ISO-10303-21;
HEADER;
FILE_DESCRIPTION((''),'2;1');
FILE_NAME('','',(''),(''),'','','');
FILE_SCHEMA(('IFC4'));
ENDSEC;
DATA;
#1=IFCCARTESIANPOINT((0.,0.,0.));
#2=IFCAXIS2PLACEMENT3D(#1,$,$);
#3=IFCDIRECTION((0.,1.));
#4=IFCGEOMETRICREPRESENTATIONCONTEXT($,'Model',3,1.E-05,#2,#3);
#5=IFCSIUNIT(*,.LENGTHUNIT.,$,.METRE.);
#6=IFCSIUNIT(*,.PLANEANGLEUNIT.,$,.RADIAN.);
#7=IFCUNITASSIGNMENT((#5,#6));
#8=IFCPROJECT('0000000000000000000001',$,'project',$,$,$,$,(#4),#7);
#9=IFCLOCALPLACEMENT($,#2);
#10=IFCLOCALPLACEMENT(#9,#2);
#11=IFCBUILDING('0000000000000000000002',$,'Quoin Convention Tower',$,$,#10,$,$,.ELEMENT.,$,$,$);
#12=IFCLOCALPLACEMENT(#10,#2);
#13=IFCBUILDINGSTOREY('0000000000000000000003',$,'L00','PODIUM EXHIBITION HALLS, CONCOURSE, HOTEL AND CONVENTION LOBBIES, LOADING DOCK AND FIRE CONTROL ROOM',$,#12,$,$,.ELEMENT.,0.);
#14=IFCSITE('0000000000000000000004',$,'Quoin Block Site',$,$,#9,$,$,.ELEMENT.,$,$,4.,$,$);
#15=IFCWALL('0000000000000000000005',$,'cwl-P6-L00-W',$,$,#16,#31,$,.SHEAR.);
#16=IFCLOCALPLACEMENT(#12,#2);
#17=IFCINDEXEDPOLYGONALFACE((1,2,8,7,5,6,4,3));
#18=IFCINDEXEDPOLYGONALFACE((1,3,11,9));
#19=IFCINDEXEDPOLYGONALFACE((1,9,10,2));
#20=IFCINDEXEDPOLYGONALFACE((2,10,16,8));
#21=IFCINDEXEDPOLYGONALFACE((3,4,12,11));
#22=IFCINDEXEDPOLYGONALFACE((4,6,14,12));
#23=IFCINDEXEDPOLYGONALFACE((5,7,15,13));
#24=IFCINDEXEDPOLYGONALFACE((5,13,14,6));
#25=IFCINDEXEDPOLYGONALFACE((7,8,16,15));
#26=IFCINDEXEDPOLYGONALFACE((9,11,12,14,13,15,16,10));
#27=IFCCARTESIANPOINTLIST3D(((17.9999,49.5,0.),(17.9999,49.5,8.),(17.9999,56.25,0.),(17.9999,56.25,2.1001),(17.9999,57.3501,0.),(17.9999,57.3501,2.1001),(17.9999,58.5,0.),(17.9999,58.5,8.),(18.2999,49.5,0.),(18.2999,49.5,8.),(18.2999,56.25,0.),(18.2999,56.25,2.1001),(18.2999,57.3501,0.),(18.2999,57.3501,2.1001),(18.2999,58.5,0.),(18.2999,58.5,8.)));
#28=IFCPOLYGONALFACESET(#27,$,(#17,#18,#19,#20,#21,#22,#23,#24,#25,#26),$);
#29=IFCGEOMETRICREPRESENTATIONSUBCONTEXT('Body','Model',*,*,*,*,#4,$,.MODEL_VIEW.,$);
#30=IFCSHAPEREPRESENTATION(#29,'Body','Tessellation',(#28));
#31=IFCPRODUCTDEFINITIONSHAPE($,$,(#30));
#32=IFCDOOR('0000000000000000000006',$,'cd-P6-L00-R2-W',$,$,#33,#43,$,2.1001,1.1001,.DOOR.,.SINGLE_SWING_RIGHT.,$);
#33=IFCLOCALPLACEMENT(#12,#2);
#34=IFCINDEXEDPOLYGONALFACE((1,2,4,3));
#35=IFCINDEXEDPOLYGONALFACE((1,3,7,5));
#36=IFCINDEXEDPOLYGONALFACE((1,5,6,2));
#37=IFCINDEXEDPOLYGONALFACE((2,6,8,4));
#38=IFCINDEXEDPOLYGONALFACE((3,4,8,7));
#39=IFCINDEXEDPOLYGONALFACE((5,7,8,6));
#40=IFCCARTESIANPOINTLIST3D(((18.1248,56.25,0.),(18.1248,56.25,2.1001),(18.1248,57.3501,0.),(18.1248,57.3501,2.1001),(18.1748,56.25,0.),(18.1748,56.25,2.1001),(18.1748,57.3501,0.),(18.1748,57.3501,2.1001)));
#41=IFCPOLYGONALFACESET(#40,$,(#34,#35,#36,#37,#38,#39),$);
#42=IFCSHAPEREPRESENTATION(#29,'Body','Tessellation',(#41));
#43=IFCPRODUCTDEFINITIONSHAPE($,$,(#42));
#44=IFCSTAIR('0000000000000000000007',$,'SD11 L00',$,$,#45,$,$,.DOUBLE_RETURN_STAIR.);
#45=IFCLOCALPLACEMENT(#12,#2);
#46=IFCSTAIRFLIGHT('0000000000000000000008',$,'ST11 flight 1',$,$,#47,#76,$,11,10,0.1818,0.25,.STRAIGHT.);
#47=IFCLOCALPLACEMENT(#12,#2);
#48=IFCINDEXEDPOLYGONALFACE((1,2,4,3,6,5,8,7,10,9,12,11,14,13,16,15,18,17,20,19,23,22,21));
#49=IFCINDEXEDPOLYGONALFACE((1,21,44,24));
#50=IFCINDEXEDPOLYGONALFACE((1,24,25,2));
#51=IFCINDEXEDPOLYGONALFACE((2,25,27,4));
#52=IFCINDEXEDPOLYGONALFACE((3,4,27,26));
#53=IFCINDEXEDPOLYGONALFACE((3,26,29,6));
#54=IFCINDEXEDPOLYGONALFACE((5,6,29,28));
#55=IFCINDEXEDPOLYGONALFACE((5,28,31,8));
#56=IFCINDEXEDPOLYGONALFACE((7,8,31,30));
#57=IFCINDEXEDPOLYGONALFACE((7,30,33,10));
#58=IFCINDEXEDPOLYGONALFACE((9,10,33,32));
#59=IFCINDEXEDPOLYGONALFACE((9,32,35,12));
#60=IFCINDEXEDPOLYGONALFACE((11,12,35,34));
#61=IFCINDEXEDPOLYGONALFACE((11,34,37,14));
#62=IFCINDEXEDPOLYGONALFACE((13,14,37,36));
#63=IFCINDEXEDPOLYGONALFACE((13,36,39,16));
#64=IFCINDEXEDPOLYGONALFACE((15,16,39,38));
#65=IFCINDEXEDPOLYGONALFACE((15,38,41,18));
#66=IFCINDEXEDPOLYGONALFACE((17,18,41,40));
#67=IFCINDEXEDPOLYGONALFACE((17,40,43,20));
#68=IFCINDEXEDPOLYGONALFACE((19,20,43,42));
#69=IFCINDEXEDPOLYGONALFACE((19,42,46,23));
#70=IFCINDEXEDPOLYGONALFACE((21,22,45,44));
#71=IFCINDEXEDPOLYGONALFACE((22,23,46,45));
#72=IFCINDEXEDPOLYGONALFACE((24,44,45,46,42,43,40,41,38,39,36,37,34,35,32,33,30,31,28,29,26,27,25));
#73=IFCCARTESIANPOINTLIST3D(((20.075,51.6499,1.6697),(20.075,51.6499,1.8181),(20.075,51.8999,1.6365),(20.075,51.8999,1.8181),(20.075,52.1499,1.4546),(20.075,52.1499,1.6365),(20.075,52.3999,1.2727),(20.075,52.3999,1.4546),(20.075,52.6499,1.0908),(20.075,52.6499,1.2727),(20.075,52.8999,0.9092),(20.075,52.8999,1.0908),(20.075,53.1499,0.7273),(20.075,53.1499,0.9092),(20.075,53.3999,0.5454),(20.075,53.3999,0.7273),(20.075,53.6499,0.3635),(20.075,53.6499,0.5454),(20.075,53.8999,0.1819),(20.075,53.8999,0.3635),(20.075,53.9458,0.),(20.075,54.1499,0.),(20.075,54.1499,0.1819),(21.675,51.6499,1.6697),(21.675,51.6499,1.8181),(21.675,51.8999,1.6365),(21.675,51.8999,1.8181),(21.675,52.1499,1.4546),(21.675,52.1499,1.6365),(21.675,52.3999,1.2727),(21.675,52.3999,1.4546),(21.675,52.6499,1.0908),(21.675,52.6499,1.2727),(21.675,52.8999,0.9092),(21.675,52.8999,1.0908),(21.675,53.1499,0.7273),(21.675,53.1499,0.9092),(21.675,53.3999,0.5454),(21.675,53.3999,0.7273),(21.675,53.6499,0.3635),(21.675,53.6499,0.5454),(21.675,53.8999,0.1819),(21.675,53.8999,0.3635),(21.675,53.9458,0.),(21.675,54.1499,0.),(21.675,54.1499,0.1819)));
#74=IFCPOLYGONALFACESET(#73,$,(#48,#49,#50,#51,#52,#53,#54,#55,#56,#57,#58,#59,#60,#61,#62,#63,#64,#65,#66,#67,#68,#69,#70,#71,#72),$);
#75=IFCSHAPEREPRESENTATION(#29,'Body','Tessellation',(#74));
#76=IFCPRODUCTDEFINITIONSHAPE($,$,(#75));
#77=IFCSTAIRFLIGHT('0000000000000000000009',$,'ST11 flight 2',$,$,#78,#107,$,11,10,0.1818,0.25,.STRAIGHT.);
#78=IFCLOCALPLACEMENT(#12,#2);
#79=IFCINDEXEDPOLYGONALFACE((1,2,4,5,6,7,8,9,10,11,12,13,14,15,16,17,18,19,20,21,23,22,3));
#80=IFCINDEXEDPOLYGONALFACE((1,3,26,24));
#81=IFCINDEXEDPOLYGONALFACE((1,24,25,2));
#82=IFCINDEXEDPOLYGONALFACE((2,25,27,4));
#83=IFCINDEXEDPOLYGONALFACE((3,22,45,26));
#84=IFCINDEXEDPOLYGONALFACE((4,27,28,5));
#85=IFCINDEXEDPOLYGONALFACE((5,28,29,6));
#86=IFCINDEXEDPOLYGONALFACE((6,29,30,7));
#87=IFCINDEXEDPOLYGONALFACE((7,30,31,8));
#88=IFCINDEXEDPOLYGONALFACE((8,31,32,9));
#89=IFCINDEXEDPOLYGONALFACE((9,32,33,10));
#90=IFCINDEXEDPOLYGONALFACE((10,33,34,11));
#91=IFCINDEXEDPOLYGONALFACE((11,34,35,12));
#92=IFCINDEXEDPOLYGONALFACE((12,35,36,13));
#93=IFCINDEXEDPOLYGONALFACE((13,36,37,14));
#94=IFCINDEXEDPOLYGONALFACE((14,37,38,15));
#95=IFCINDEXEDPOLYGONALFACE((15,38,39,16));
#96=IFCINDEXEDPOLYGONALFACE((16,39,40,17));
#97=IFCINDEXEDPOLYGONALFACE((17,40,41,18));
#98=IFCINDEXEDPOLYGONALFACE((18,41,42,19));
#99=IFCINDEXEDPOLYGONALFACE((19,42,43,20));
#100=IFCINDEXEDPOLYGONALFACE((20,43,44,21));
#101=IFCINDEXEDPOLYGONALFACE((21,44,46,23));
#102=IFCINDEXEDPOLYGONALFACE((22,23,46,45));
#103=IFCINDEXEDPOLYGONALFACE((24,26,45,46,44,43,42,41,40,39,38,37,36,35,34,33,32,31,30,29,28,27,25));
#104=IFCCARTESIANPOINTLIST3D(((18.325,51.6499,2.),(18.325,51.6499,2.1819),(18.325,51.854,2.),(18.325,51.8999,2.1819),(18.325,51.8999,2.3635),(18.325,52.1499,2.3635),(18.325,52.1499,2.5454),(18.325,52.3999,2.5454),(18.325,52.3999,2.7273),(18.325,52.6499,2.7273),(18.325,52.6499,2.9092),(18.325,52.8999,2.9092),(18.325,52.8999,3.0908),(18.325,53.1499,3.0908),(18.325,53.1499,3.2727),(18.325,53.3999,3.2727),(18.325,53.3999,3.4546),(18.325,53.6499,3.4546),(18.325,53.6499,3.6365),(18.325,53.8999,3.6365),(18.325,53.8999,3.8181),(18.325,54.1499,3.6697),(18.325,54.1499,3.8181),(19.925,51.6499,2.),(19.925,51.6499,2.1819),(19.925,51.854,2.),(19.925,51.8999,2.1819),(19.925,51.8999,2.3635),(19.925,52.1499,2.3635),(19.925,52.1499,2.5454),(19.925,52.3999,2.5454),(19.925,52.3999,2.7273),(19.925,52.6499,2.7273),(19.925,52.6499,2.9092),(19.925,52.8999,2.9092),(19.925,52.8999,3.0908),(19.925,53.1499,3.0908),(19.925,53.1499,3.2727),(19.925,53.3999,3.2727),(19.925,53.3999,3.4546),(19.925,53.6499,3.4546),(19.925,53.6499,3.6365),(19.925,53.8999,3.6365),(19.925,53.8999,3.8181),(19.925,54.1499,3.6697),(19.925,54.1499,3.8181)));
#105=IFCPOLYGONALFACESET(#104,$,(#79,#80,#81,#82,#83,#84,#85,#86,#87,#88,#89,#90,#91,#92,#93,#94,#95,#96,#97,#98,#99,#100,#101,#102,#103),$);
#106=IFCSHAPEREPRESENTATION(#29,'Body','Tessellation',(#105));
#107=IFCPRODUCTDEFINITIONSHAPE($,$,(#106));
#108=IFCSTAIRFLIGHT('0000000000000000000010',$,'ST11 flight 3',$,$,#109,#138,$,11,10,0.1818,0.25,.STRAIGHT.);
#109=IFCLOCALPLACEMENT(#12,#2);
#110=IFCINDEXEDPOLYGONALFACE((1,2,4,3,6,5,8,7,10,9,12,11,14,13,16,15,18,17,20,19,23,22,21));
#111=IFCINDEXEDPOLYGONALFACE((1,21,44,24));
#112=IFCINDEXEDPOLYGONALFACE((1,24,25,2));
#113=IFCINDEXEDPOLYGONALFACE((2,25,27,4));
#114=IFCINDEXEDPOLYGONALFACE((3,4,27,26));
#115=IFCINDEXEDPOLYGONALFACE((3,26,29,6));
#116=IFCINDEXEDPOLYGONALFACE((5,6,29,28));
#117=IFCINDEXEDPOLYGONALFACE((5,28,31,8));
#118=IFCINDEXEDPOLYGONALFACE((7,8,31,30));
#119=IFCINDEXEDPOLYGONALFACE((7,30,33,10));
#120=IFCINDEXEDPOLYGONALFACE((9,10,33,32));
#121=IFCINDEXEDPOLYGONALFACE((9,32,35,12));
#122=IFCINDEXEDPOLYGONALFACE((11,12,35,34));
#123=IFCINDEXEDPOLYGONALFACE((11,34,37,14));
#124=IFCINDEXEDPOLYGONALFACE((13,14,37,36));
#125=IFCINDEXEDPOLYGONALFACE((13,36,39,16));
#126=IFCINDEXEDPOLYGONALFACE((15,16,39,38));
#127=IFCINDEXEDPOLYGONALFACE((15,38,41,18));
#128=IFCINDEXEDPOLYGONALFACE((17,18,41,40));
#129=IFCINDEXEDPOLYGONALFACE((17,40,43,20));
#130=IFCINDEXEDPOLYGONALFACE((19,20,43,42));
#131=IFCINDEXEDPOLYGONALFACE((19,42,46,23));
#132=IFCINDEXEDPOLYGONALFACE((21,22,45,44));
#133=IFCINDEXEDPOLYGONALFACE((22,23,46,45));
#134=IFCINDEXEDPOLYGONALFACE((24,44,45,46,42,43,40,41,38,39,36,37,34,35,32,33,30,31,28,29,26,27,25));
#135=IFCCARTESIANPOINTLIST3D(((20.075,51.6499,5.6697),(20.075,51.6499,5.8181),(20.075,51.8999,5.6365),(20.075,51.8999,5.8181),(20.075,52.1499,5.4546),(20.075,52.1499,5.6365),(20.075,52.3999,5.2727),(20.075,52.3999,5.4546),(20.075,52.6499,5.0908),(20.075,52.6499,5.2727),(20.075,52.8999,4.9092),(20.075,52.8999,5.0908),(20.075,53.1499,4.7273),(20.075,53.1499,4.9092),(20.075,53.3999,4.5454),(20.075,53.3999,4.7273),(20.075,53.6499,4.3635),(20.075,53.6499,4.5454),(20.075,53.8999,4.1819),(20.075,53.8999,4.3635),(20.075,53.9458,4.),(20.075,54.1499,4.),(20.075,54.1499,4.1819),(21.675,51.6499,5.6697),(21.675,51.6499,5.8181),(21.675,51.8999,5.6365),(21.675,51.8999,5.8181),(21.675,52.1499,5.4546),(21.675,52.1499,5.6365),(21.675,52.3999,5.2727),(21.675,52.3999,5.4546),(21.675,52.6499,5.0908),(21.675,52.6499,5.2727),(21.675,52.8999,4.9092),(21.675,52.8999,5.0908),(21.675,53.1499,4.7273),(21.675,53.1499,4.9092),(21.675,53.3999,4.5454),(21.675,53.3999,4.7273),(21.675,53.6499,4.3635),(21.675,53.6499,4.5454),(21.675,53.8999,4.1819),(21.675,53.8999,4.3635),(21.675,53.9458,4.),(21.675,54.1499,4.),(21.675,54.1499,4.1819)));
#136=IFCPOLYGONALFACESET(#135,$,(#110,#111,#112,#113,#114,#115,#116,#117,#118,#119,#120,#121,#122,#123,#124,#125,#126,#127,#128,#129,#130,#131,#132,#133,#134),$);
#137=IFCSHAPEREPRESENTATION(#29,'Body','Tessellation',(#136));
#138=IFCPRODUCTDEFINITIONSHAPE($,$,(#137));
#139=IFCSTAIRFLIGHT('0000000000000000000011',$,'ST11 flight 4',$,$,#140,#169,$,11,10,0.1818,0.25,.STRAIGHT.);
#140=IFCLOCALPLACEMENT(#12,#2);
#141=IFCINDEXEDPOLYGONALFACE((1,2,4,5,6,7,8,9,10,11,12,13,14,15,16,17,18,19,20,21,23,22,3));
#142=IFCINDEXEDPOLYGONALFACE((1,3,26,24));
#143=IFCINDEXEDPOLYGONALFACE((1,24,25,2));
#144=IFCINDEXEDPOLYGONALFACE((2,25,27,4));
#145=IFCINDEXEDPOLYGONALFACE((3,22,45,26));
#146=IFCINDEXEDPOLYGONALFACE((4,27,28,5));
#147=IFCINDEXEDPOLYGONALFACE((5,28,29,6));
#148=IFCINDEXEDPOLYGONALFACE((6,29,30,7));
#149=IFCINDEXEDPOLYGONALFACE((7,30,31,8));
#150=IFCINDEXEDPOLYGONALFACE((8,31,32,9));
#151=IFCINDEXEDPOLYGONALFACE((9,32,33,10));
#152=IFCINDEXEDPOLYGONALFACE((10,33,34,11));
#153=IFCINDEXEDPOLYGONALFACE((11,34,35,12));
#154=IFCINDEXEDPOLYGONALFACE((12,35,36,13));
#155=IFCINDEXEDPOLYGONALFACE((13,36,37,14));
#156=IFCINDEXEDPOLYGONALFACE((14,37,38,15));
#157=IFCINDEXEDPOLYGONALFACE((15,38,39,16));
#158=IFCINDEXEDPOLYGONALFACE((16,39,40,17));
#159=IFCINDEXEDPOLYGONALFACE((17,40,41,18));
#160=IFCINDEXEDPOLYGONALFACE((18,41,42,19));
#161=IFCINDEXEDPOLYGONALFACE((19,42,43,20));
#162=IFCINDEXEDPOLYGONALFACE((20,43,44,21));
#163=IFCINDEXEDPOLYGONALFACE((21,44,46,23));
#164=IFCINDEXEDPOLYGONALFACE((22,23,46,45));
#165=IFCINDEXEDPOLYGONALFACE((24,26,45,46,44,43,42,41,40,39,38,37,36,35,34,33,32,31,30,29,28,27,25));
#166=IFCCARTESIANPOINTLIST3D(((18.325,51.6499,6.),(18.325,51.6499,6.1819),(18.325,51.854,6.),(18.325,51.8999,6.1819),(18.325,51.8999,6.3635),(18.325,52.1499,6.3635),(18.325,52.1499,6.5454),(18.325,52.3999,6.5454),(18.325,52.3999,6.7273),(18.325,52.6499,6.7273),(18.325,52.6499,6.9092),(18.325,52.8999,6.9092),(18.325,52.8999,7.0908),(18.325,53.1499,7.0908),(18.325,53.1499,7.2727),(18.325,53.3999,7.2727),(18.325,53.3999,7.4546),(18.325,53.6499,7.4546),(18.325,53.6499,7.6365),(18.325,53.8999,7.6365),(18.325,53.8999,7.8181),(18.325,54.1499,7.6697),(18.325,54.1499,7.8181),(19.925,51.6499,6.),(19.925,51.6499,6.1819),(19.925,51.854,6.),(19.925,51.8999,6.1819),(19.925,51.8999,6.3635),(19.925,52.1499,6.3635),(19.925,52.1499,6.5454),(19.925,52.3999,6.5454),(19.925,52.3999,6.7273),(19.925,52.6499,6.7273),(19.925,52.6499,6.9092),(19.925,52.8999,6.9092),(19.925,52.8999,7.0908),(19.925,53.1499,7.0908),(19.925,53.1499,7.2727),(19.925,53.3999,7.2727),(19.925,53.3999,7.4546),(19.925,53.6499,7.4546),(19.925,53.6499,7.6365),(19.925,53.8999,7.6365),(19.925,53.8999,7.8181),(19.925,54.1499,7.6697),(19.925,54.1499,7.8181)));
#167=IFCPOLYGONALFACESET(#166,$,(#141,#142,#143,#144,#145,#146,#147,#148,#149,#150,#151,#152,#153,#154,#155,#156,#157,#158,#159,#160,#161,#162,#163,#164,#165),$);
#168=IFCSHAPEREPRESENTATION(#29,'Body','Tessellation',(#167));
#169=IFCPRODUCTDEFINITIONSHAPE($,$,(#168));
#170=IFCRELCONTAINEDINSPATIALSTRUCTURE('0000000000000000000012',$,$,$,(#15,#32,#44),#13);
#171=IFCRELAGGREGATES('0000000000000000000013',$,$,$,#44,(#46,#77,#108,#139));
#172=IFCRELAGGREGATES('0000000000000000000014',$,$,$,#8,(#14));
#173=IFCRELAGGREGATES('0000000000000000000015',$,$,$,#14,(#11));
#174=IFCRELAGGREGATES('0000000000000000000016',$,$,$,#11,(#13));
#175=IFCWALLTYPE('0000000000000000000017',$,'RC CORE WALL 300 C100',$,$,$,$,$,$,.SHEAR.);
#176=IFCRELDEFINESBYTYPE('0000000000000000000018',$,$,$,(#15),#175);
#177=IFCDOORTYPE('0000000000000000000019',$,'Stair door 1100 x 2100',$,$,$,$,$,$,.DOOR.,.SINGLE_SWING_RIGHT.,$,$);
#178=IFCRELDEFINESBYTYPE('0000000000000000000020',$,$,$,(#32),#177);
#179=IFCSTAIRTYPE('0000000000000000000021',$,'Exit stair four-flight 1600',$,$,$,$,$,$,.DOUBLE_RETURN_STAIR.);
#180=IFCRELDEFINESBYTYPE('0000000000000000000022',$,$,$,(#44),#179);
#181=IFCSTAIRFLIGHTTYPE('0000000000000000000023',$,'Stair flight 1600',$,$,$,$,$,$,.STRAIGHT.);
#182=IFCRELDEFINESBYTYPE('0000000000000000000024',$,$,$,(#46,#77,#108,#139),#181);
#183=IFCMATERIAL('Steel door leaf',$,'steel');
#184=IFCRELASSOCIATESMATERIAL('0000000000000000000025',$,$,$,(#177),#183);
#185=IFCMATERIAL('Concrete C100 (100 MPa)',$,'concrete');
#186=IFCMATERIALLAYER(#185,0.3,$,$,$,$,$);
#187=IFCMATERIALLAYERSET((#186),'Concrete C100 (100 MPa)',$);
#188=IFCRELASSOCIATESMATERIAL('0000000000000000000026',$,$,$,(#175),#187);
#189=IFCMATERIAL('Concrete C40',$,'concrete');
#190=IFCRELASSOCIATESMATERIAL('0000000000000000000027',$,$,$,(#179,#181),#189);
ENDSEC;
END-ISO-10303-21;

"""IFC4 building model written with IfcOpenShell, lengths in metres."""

from ifc_helpers import new_model, si_unit, direction, frame, frame_2d, origin, place, context, subcontext, project, spatial, polyline, rectangle, outline, extrude, material, layer, layer_set, type_object, element, fill, aggregate, save


model = new_model("IFC4")

# Units and contexts
model_context = context("Model", 3, precision=1e-05, world=origin(), true_north=direction((0.0, 1.0)))
body_context = subcontext(model_context, "Body", "Model", "MODEL_VIEW")
ifc_project = project(units=[si_unit("LENGTHUNIT", "METRE"), si_unit("PLANEANGLEUNIT", "RADIAN")], contexts=[model_context])

# Site, building, storey
site_placement = place(None, origin())
site = spatial("IfcSite", under=ifc_project, at=site_placement, Name="Quoin Block Site", CompositionType="ELEMENT", RefElevation=4.0)
building_placement = place(site_placement, origin())
building = spatial("IfcBuilding", under=site, at=building_placement, Name="Quoin Convention Tower", CompositionType="ELEMENT")
storey_placement = place(building_placement, origin())
storey = spatial("IfcBuildingStorey", under=building, at=storey_placement, Name="L00", Description="PODIUM EXHIBITION HALLS, CONCOURSE, HOTEL AND CONVENTION LOBBIES, LOADING DOCK AND FIRE CONTROL ROOM", CompositionType="ELEMENT", Elevation=0.0)

# Shared definitions
ifc_material_1 = material(Name="Concrete C100 (100 MPa)", Category="concrete")

# Shared definitions
ifc_material_2 = material(Name="Steel door leaf", Category="steel")
door_type = type_object("IfcDoorType", Name="Stair door 1100 x 2100", OperationType="SINGLE_SWING_RIGHT", PredefinedType="DOOR", material=ifc_material_2)

# Shared definitions
ifc_layer_1 = layer(ifc_material_1, 0.3)
ifc_layer_set_1 = layer_set([ifc_layer_1], Name="Concrete C100 (100 MPa)")
wall_type_1 = type_object("IfcWallType", Name="RC CORE WALL 300 C100", PredefinedType="SHEAR", material=ifc_layer_set_1)

# Wall, opening, door
wall_1_placement = place(storey_placement, frame((18.1499, 49.5, 0.0), z_axis=(0.0, 0.0, 1.0), x_axis=(0.0, 1.0, 0.0)))
wall_1 = element("IfcWall", 1, at=wall_1_placement, inside=storey, type_object=wall_type_1, Name="cwl-P6-L00-W", PredefinedType="SHEAR", context=body_context, shape_type="SweptSolid", body=[
    extrude(rectangle(XDim=9.0, YDim=0.3, at=frame_2d((4.5, 0.0))), origin(), (0.0, 0.0, 1.0), 8.0),
])
opening_1_placement = place(wall_1_placement, frame((6.75, 0.0, 0.0)))
opening_1 = element("IfcOpeningElement", 2, at=opening_1_placement, cuts=wall_1, PredefinedType="OPENING", context=body_context, shape_type="SweptSolid", body=[
    extrude(rectangle(XDim=1.1001, YDim=2.1001, at=frame_2d((0.55, 1.05))), frame((0.0, 0.1599, 0.0), z_axis=(0.0, -1.0, 0.0), x_axis=(1.0, 0.0, 0.0)), (0.0, 0.0, 1.0), 0.3201),
])
door_1_placement = place(opening_1_placement, frame((1.1001, 0.0, 0.0), z_axis=(0.0, 0.0, 1.0), x_axis=(-1.0, 0.0, 0.0)))
door_1 = element("IfcDoor", 3, at=door_1_placement, inside=storey, type_object=door_type, Name="cd-P6-L00-R2-W", OperationType="SINGLE_SWING_RIGHT", OverallHeight=2.1001, OverallWidth=1.1001, PredefinedType="DOOR", context=body_context, shape_type="SweptSolid", body=[
    extrude(rectangle(XDim=1.1001, YDim=2.1001, at=frame_2d((0.55, 1.05))), frame((0.0, 0.0249, 0.0), z_axis=(0.0, -1.0, 0.0), x_axis=(1.0, 0.0, 0.0)), (0.0, 0.0, 1.0), 0.05),
])
fill(opening_1, door_1)

# Stair, stair flights
ifc_material_3 = material(Name="Concrete C40", Category="concrete")
stair_type = type_object("IfcStairType", Name="Exit stair four-flight 1600", PredefinedType="DOUBLE_RETURN_STAIR", material=ifc_material_3)
stair_1_placement = place(storey_placement, origin())
stair_1 = element("IfcStair", 4, at=stair_1_placement, inside=storey, type_object=stair_type, Name="SD11 L00", PredefinedType="DOUBLE_RETURN_STAIR")
stair_flight_type = type_object("IfcStairFlightType", Name="Stair flight 1600", PredefinedType="STRAIGHT", material=ifc_material_3)
stair_flight_1_placement = place(storey_placement, frame((20.875, 54.1499, 0.0), z_axis=(0.0, 0.0, 1.0), x_axis=(0.0, -1.0, 0.0)))
stair_flight_1 = element("IfcStairFlight", 5, at=stair_flight_1_placement, type_object=stair_flight_type, Name="ST11 flight 1", NumberOfRisers=11, NumberOfTreads=10, PredefinedType="STRAIGHT", RiserHeight=0.1818, TreadLength=0.25, context=body_context, shape_type="SweptSolid", body=[
    extrude(outline(polyline([(0.0, 0.0), (0.0, 0.1819), (0.25, 0.1819), (0.25, 0.3635), (0.5, 0.3635), (0.5, 0.5454), (0.75, 0.5454), (0.75, 0.7273), (1.0, 0.7273), (1.0, 0.9092), (1.25, 0.9092), (1.25, 1.0908), (1.5, 1.0908), (1.5, 1.2727), (1.75, 1.2727), (1.75, 1.4546), (2.0, 1.4546), (2.0, 1.6365), (2.25, 1.6365), (2.25, 1.8181), (2.5, 1.8181), (2.5, 2.0), (2.5, 1.6697), (0.2041, 0.0), (0.0, 0.0)])), frame((0.0, 0.8, 0.0), z_axis=(0.0, -1.0, 0.0), x_axis=(1.0, 0.0, 0.0)), (0.0, 0.0, 1.0), 1.6001),
])
stair_flight_2_placement = place(storey_placement, frame((19.125, 51.6499, 2.0), z_axis=(0.0, 0.0, 1.0), x_axis=(0.0, 1.0, 0.0)))
stair_flight_2 = element("IfcStairFlight", 6, at=stair_flight_2_placement, type_object=stair_flight_type, Name="ST11 flight 2", NumberOfRisers=11, NumberOfTreads=10, PredefinedType="STRAIGHT", RiserHeight=0.1818, TreadLength=0.25, context=body_context, shape_type="SweptSolid", body=[
    extrude(outline(polyline([(0.0, 0.0), (0.0, 0.1819), (0.25, 0.1819), (0.25, 0.3635), (0.5, 0.3635), (0.5, 0.5454), (0.75, 0.5454), (0.75, 0.7273), (1.0, 0.7273), (1.0, 0.9092), (1.25, 0.9092), (1.25, 1.0908), (1.5, 1.0908), (1.5, 1.2727), (1.75, 1.2727), (1.75, 1.4546), (2.0, 1.4546), (2.0, 1.6365), (2.25, 1.6365), (2.25, 1.8181), (2.5, 1.8181), (2.5, 2.0), (2.5, 1.6697), (0.2041, 0.0), (0.0, 0.0)])), frame((0.0, 0.8, 0.0), z_axis=(0.0, -1.0, 0.0), x_axis=(1.0, 0.0, 0.0)), (0.0, 0.0, 1.0), 1.6001),
])
stair_flight_3_placement = place(storey_placement, frame((20.875, 54.1499, 4.0), z_axis=(0.0, 0.0, 1.0), x_axis=(0.0, -1.0, 0.0)))
stair_flight_3 = element("IfcStairFlight", 7, at=stair_flight_3_placement, type_object=stair_flight_type, Name="ST11 flight 3", NumberOfRisers=11, NumberOfTreads=10, PredefinedType="STRAIGHT", RiserHeight=0.1818, TreadLength=0.25, context=body_context, shape_type="SweptSolid", body=[
    extrude(outline(polyline([(0.0, 0.0), (0.0, 0.1819), (0.25, 0.1819), (0.25, 0.3635), (0.5, 0.3635), (0.5, 0.5454), (0.75, 0.5454), (0.75, 0.7273), (1.0, 0.7273), (1.0, 0.9092), (1.25, 0.9092), (1.25, 1.0908), (1.5, 1.0908), (1.5, 1.2727), (1.75, 1.2727), (1.75, 1.4546), (2.0, 1.4546), (2.0, 1.6365), (2.25, 1.6365), (2.25, 1.8181), (2.5, 1.8181), (2.5, 2.0), (2.5, 1.6697), (0.2041, 0.0), (0.0, 0.0)])), frame((0.0, 0.8, 0.0), z_axis=(0.0, -1.0, 0.0), x_axis=(1.0, 0.0, 0.0)), (0.0, 0.0, 1.0), 1.6001),
])
stair_flight_4_placement = place(storey_placement, frame((19.125, 51.6499, 6.0), z_axis=(0.0, 0.0, 1.0), x_axis=(0.0, 1.0, 0.0)))
stair_flight_4 = element("IfcStairFlight", 8, at=stair_flight_4_placement, type_object=stair_flight_type, Name="ST11 flight 4", NumberOfRisers=11, NumberOfTreads=10, PredefinedType="STRAIGHT", RiserHeight=0.1818, TreadLength=0.25, context=body_context, shape_type="SweptSolid", body=[
    extrude(outline(polyline([(0.0, 0.0), (0.0, 0.1819), (0.25, 0.1819), (0.25, 0.3635), (0.5, 0.3635), (0.5, 0.5454), (0.75, 0.5454), (0.75, 0.7273), (1.0, 0.7273), (1.0, 0.9092), (1.25, 0.9092), (1.25, 1.0908), (1.5, 1.0908), (1.5, 1.2727), (1.75, 1.2727), (1.75, 1.4546), (2.0, 1.4546), (2.0, 1.6365), (2.25, 1.6365), (2.25, 1.8181), (2.5, 1.8181), (2.5, 2.0), (2.5, 1.6697), (0.2041, 0.0), (0.0, 0.0)])), frame((0.0, 0.8, 0.0), z_axis=(0.0, -1.0, 0.0), x_axis=(1.0, 0.0, 0.0)), (0.0, 0.0, 1.0), 1.6001),
])
aggregate(stair_1, [stair_flight_1, stair_flight_2, stair_flight_3, stair_flight_4])

save(model, "model.ifc")
